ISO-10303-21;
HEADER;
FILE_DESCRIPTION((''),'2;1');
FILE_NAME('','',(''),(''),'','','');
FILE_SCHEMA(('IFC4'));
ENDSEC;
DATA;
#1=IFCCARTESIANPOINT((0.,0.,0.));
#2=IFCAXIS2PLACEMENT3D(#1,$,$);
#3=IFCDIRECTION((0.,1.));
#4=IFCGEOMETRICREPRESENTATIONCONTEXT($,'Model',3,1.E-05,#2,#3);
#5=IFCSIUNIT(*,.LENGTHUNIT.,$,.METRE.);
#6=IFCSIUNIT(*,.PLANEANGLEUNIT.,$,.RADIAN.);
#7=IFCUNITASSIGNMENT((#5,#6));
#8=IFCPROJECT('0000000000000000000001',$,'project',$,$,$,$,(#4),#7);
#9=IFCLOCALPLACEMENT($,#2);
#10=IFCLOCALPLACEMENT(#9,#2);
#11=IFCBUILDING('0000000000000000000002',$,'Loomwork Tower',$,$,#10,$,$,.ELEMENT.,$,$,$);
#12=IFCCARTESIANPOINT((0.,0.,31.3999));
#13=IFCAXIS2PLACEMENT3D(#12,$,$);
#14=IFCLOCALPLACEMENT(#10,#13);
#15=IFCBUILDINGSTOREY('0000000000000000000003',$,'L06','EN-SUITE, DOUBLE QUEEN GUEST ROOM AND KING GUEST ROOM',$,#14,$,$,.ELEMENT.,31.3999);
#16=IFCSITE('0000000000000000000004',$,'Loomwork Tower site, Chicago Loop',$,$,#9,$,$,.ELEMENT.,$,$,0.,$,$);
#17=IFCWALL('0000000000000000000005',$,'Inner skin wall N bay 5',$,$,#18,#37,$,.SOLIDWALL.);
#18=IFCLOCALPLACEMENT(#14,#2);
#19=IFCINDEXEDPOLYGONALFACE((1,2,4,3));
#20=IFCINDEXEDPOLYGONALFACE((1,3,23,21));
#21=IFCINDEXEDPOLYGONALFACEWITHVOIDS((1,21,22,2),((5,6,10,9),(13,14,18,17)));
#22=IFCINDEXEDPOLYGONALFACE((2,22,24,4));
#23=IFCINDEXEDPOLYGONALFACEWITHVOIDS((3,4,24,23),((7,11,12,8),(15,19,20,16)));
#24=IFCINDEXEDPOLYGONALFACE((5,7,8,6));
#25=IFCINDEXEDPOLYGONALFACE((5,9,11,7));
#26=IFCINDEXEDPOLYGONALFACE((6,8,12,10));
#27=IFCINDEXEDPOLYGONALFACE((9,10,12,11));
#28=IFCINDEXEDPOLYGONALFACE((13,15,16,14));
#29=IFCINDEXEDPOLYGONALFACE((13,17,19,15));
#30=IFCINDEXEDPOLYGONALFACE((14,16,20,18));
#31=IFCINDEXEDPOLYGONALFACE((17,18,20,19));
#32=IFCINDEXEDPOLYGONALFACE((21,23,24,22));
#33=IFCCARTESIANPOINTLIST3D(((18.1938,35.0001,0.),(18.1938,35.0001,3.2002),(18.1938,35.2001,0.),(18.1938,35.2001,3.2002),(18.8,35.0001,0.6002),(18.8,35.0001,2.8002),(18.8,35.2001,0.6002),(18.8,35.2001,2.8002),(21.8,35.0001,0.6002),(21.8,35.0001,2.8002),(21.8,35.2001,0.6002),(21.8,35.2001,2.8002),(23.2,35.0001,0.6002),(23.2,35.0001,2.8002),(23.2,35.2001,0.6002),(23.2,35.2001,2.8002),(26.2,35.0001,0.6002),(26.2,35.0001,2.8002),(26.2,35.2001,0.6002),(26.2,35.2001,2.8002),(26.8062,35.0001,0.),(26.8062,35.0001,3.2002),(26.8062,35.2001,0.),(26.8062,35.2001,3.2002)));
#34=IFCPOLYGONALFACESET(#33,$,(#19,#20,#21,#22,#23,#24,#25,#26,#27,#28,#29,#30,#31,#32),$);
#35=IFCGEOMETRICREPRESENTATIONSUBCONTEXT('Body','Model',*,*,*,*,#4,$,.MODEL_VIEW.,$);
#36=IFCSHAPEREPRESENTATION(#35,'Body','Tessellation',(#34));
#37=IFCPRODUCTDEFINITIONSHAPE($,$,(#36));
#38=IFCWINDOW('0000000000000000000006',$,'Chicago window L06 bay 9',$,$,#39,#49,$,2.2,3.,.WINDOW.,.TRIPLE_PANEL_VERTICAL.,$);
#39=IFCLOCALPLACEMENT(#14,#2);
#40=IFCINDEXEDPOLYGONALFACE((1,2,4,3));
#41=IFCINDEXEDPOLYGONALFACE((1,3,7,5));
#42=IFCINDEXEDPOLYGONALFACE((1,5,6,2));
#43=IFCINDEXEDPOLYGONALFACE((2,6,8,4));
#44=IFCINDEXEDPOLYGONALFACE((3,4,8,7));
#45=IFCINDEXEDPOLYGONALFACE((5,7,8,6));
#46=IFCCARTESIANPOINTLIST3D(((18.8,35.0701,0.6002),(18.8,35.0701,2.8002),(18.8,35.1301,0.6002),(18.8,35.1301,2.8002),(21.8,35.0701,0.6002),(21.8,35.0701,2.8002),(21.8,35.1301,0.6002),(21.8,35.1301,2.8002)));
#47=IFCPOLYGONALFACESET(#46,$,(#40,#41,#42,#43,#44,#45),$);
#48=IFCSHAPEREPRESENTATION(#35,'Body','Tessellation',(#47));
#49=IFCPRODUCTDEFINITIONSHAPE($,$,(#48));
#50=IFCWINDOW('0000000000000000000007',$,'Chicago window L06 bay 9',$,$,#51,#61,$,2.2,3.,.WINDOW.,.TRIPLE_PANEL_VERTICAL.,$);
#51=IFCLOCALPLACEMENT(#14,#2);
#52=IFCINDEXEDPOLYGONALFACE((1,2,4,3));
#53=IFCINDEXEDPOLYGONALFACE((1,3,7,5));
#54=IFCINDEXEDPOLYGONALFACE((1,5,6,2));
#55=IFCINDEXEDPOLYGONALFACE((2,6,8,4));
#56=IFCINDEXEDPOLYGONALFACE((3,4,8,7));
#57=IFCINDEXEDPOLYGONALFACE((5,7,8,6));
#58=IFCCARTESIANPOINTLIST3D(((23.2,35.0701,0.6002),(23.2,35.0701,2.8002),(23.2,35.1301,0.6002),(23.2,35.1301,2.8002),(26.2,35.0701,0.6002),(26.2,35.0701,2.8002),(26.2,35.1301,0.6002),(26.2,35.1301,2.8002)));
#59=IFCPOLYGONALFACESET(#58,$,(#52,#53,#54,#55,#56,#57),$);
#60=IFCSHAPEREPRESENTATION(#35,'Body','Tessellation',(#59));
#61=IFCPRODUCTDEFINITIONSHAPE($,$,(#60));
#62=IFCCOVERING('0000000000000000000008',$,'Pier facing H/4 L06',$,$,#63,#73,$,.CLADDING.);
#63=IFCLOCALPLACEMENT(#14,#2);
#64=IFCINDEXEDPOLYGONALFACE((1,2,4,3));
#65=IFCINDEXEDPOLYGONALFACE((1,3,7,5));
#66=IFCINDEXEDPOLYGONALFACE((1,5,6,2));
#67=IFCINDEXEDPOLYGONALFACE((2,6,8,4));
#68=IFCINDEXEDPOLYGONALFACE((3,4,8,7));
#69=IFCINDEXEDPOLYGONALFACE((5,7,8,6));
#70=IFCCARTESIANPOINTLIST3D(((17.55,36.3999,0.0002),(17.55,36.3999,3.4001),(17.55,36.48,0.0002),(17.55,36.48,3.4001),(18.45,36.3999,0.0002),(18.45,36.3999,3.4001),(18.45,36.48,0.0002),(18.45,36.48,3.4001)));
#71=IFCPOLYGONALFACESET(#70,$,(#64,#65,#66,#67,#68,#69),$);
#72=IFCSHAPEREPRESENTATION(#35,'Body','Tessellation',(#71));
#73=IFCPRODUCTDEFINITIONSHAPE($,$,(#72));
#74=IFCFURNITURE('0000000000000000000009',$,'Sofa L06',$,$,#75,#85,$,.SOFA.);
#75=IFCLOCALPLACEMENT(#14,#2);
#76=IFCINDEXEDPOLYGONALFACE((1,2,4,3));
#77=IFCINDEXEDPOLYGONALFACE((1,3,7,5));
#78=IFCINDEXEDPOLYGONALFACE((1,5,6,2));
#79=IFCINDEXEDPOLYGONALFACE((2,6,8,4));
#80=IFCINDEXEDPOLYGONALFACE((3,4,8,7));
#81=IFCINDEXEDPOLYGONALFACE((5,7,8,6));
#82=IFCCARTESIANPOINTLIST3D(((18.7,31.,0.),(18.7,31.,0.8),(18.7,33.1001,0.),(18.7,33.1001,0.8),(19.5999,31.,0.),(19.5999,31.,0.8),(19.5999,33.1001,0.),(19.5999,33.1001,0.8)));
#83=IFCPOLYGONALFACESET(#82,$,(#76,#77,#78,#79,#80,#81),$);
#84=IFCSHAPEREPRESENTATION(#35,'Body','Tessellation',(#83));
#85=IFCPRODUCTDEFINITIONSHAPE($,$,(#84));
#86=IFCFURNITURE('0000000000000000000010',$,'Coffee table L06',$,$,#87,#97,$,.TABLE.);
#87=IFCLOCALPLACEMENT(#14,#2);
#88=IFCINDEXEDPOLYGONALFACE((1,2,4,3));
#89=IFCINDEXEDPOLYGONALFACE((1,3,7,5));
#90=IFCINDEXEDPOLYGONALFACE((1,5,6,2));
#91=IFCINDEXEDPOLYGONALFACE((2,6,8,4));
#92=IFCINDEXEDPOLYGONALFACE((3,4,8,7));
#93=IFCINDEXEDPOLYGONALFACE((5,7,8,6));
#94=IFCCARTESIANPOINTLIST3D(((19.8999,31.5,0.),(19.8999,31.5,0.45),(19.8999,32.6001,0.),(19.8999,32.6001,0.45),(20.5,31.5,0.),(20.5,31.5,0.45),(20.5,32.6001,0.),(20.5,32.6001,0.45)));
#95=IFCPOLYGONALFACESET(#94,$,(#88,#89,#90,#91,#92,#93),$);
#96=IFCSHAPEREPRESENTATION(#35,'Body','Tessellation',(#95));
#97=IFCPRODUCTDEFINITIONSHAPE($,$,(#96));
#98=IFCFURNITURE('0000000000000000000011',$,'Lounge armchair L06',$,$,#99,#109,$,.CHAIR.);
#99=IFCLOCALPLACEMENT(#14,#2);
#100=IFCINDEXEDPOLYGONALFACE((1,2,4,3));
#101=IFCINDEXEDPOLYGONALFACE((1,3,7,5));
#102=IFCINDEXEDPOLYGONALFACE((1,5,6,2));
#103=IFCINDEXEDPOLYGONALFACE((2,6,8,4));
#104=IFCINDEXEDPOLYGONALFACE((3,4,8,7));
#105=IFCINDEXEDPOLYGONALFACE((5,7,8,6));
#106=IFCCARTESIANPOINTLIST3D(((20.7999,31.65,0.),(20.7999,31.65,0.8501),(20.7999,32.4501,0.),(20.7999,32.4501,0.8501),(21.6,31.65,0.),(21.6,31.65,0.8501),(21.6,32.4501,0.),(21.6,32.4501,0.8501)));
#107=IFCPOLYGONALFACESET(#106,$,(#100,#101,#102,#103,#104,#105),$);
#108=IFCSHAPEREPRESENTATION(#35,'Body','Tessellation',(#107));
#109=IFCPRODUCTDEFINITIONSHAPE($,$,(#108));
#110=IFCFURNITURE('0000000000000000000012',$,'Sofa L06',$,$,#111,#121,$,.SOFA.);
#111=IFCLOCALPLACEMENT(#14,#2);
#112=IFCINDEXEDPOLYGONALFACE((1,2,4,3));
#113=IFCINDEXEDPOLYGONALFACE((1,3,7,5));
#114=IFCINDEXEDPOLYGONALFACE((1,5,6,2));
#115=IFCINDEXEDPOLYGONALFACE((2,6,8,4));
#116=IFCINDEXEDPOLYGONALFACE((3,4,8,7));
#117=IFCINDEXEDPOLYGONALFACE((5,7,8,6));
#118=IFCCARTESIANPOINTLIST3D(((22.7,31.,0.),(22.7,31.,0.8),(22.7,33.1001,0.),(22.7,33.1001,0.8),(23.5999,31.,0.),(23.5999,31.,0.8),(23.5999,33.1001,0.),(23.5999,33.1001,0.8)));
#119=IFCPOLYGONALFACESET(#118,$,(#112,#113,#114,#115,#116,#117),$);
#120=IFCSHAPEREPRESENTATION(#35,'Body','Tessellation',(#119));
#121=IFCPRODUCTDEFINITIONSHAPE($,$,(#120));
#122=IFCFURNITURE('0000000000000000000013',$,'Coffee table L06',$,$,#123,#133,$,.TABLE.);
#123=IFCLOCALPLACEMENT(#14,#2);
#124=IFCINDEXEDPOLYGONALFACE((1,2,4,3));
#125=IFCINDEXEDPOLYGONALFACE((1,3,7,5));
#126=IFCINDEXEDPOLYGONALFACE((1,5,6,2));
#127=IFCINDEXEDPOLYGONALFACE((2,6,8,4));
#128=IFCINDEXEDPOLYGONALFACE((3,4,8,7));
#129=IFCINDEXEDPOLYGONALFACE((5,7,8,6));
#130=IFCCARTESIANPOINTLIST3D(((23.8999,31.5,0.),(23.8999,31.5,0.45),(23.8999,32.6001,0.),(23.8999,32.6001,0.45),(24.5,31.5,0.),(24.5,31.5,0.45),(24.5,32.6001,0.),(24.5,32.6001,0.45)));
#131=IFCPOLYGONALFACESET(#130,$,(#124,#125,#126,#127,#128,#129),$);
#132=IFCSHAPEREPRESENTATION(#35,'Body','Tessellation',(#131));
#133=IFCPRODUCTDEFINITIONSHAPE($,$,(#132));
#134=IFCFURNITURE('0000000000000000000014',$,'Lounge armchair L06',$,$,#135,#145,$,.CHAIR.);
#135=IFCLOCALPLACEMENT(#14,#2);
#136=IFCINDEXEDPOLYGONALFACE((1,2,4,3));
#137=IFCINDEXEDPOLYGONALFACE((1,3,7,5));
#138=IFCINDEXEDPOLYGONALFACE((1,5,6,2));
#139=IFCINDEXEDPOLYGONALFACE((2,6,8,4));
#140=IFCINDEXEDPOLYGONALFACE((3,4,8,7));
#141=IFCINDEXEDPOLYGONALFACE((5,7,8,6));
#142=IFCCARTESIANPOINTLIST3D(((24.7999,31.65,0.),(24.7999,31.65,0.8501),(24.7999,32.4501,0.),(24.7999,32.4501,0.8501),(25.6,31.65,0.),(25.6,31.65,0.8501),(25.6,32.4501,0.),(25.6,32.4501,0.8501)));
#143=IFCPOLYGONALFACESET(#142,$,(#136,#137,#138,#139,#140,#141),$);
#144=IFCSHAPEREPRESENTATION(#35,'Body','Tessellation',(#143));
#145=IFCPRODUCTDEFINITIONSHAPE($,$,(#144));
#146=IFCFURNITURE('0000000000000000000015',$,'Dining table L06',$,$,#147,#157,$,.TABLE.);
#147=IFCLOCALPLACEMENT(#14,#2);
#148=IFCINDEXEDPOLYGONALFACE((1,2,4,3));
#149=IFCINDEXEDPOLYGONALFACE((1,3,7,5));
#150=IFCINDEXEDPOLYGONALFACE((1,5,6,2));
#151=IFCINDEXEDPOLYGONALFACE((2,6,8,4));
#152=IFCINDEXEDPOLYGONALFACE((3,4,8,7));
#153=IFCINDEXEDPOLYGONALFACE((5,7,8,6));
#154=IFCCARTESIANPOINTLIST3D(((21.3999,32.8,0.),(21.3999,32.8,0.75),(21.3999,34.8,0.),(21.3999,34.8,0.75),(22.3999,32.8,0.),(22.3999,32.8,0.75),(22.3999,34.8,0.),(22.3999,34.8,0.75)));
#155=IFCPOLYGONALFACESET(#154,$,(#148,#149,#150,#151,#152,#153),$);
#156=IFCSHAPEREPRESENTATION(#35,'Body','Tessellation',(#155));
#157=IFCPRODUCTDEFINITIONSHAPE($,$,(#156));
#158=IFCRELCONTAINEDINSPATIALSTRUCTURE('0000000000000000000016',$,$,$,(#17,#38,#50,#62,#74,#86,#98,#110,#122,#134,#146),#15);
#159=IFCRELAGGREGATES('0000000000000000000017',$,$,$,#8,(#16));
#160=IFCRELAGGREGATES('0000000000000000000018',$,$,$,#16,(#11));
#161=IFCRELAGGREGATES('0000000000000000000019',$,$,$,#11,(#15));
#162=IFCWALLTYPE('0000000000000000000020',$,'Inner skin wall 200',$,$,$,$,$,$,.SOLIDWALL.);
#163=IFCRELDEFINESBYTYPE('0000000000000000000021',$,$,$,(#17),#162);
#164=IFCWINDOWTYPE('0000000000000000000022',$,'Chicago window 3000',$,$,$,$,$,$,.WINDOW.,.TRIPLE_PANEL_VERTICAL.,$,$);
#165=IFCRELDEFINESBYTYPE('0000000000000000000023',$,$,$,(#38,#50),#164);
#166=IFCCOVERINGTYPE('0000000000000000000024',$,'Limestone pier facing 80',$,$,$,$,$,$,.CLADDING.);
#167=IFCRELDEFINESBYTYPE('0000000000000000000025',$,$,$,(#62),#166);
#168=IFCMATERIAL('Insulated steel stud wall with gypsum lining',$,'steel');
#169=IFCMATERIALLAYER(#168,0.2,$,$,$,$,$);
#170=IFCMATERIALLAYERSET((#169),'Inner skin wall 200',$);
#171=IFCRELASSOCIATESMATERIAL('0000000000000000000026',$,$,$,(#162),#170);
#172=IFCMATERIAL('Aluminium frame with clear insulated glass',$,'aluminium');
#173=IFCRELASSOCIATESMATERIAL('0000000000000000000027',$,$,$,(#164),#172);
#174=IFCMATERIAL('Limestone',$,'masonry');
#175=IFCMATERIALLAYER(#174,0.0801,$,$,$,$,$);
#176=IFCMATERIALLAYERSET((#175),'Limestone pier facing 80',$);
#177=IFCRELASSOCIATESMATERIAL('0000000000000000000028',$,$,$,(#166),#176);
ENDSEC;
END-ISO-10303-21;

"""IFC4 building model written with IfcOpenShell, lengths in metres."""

from ifc_helpers import new_model, si_unit, direction, frame, frame_2d, origin, origin_2d, place, context, subcontext, project, spatial, rectangle, extrude, material, layer, layer_set, type_object, element, fill, save


model = new_model("IFC4")

# Units and contexts
model_context = context("Model", 3, precision=1e-05, world=origin(), true_north=direction((0.0, 1.0)))
body_context = subcontext(model_context, "Body", "Model", "MODEL_VIEW")
ifc_project = project(units=[si_unit("LENGTHUNIT", "METRE"), si_unit("PLANEANGLEUNIT", "RADIAN")], contexts=[model_context])

# Site, building, storey
site_placement = place(None, origin())
site = spatial("IfcSite", under=ifc_project, at=site_placement, Name="Loomwork Tower site, Chicago Loop", CompositionType="ELEMENT", RefElevation=0.0)
building_placement = place(site_placement, origin())
building = spatial("IfcBuilding", under=site, at=building_placement, Name="Loomwork Tower", CompositionType="ELEMENT")
storey_placement = place(building_placement, frame((0.0, 0.0, 31.3999)))
storey = spatial("IfcBuildingStorey", under=building, at=storey_placement, Name="L06", Description="EN-SUITE, DOUBLE QUEEN GUEST ROOM AND KING GUEST ROOM", CompositionType="ELEMENT", Elevation=31.3999)

# Wall, openings, windows
ifc_material_1 = material(Name="Insulated steel stud wall with gypsum lining", Category="steel")
ifc_layer_1 = layer(ifc_material_1, 0.2)
ifc_layer_set_1 = layer_set([ifc_layer_1], Name="Inner skin wall 200")
wall_type = type_object("IfcWallType", Name="Inner skin wall 200", PredefinedType="SOLIDWALL", material=ifc_layer_set_1)
wall_placement = place(storey_placement, frame((18.1938, 35.1001, 0.0), z_axis=(0.0, 0.0, 1.0), x_axis=(1.0, 0.0, 0.0)))
wall = element("IfcWall", 1, at=wall_placement, inside=storey, type_object=wall_type, Name="Inner skin wall N bay 5", PredefinedType="SOLIDWALL", context=body_context, shape_type="SweptSolid", body=[
    extrude(rectangle(XDim=8.6123, YDim=0.2, at=frame_2d((4.3062, 0.0))), origin(), (0.0, 0.0, 1.0), 3.2002),
])
opening_1_placement = place(wall_placement, frame((0.6062, 0.0, 0.6001)))
opening_1 = element("IfcOpeningElement", 2, at=opening_1_placement, cuts=wall, PredefinedType="OPENING", context=body_context, shape_type="SweptSolid", body=[
    extrude(rectangle(XDim=3.0, YDim=2.2, at=frame_2d((1.5, 1.1001))), frame((0.0, 0.1099, 0.0), z_axis=(0.0, -1.0, 0.0), x_axis=(1.0, 0.0, 0.0)), (0.0, 0.0, 1.0), 0.22),
])
opening_2_placement = place(wall_placement, frame((5.0061, 0.0, 0.6001)))
opening_2 = element("IfcOpeningElement", 3, at=opening_2_placement, cuts=wall, PredefinedType="OPENING", context=body_context, shape_type="SweptSolid", body=[
    extrude(rectangle(XDim=3.0, YDim=2.2, at=frame_2d((1.5, 1.1001))), frame((0.0, 0.1099, 0.0), z_axis=(0.0, -1.0, 0.0), x_axis=(1.0, 0.0, 0.0)), (0.0, 0.0, 1.0), 0.22),
])
ifc_material_2 = material(Name="Aluminium frame with clear insulated glass", Category="aluminium")
window_type = type_object("IfcWindowType", Name="Chicago window 3000", PartitioningType="TRIPLE_PANEL_VERTICAL", PredefinedType="WINDOW", material=ifc_material_2)
window_1_placement = place(opening_1_placement, origin())
window_1 = element("IfcWindow", 4, at=window_1_placement, inside=storey, type_object=window_type, Name="Chicago window L06 bay 9", OverallHeight=2.2, OverallWidth=3.0, PartitioningType="TRIPLE_PANEL_VERTICAL", PredefinedType="WINDOW", context=body_context, shape_type="SweptSolid", body=[
    extrude(rectangle(XDim=3.0, YDim=2.2, at=frame_2d((1.5, 1.1001))), frame((0.0, 0.03, 0.0), z_axis=(0.0, -1.0, 0.0), x_axis=(1.0, 0.0, 0.0)), (0.0, 0.0, 1.0), 0.0601),
])
fill(opening_1, window_1)
window_2_placement = place(opening_2_placement, origin())
window_2 = element("IfcWindow", 5, at=window_2_placement, inside=storey, type_object=window_type, Name="Chicago window L06 bay 9", OverallHeight=2.2, OverallWidth=3.0, PartitioningType="TRIPLE_PANEL_VERTICAL", PredefinedType="WINDOW", context=body_context, shape_type="SweptSolid", body=[
    extrude(rectangle(XDim=3.0, YDim=2.2, at=frame_2d((1.5, 1.1001))), frame((0.0, 0.03, 0.0), z_axis=(0.0, -1.0, 0.0), x_axis=(1.0, 0.0, 0.0)), (0.0, 0.0, 1.0), 0.0601),
])
fill(opening_2, window_2)

# Covering
ifc_material_3 = material(Name="Limestone", Category="masonry")
ifc_layer_2 = layer(ifc_material_3, 0.0801)
ifc_layer_set_2 = layer_set([ifc_layer_2], Name="Limestone pier facing 80")
covering_type = type_object("IfcCoveringType", Name="Limestone pier facing 80", PredefinedType="CLADDING", material=ifc_layer_set_2)
covering_placement = place(storey_placement, frame((18.0, 36.4399, 0.0002), z_axis=(0.0, 0.0, 1.0), x_axis=(1.0, 0.0, 0.0)))
element("IfcCovering", 6, at=covering_placement, inside=storey, type_object=covering_type, Name="Pier facing H/4 L06", PredefinedType="CLADDING", context=body_context, shape_type="SweptSolid", body=[
    extrude(rectangle(XDim=0.8999, YDim=0.0801, at=origin_2d()), origin(), (0.0, 0.0, 1.0), 3.3999),
])

# Furniture
furniture_1_placement = place(storey_placement, frame((19.1499, 32.05, 0.0), z_axis=(0.0, 0.0, 1.0), x_axis=(1.0, 0.0, 0.0)))
element("IfcFurniture", 7, at=furniture_1_placement, inside=storey, Name="Sofa L06", PredefinedType="SOFA", context=body_context, shape_type="SweptSolid", body=[
    extrude(rectangle(XDim=0.8999, YDim=2.1001, at=origin_2d()), origin(), (0.0, 0.0, 1.0), 0.8),
])
furniture_2_placement = place(storey_placement, frame((20.2, 32.05, 0.0), z_axis=(0.0, 0.0, 1.0), x_axis=(1.0, 0.0, 0.0)))
element("IfcFurniture", 8, at=furniture_2_placement, inside=storey, Name="Coffee table L06", PredefinedType="TABLE", context=body_context, shape_type="SweptSolid", body=[
    extrude(rectangle(XDim=0.6001, YDim=1.1001, at=origin_2d()), origin(), (0.0, 0.0, 1.0), 0.45),
])
furniture_3_placement = place(storey_placement, frame((21.2, 32.05, 0.0), z_axis=(0.0, 0.0, 1.0), x_axis=(1.0, 0.0, 0.0)))
element("IfcFurniture", 9, at=furniture_3_placement, inside=storey, Name="Lounge armchair L06", PredefinedType="CHAIR", context=body_context, shape_type="SweptSolid", body=[
    extrude(rectangle(XDim=0.8, YDim=0.8, at=origin_2d()), origin(), (0.0, 0.0, 1.0), 0.8501),
])
furniture_4_placement = place(storey_placement, frame((23.1499, 32.05, 0.0), z_axis=(0.0, 0.0, 1.0), x_axis=(1.0, 0.0, 0.0)))
element("IfcFurniture", 10, at=furniture_4_placement, inside=storey, Name="Sofa L06", PredefinedType="SOFA", context=body_context, shape_type="SweptSolid", body=[
    extrude(rectangle(XDim=0.8999, YDim=2.1001, at=origin_2d()), origin(), (0.0, 0.0, 1.0), 0.8),
])
furniture_5_placement = place(storey_placement, frame((24.2, 32.05, 0.0), z_axis=(0.0, 0.0, 1.0), x_axis=(1.0, 0.0, 0.0)))
element("IfcFurniture", 11, at=furniture_5_placement, inside=storey, Name="Coffee table L06", PredefinedType="TABLE", context=body_context, shape_type="SweptSolid", body=[
    extrude(rectangle(XDim=0.6001, YDim=1.1001, at=origin_2d()), origin(), (0.0, 0.0, 1.0), 0.45),
])
furniture_6_placement = place(storey_placement, frame((25.2, 32.05, 0.0), z_axis=(0.0, 0.0, 1.0), x_axis=(1.0, 0.0, 0.0)))
element("IfcFurniture", 12, at=furniture_6_placement, inside=storey, Name="Lounge armchair L06", PredefinedType="CHAIR", context=body_context, shape_type="SweptSolid", body=[
    extrude(rectangle(XDim=0.8, YDim=0.8, at=origin_2d()), origin(), (0.0, 0.0, 1.0), 0.8501),
])
furniture_7_placement = place(storey_placement, frame((21.8999, 33.8, 0.0), z_axis=(0.0, 0.0, 1.0), x_axis=(1.0, 0.0, 0.0)))
element("IfcFurniture", 13, at=furniture_7_placement, inside=storey, Name="Dining table L06", PredefinedType="TABLE", context=body_context, shape_type="SweptSolid", body=[
    extrude(rectangle(XDim=1.0, YDim=2.0, at=origin_2d()), origin(), (0.0, 0.0, 1.0), 0.75),
])

save(model, "model.ifc")
